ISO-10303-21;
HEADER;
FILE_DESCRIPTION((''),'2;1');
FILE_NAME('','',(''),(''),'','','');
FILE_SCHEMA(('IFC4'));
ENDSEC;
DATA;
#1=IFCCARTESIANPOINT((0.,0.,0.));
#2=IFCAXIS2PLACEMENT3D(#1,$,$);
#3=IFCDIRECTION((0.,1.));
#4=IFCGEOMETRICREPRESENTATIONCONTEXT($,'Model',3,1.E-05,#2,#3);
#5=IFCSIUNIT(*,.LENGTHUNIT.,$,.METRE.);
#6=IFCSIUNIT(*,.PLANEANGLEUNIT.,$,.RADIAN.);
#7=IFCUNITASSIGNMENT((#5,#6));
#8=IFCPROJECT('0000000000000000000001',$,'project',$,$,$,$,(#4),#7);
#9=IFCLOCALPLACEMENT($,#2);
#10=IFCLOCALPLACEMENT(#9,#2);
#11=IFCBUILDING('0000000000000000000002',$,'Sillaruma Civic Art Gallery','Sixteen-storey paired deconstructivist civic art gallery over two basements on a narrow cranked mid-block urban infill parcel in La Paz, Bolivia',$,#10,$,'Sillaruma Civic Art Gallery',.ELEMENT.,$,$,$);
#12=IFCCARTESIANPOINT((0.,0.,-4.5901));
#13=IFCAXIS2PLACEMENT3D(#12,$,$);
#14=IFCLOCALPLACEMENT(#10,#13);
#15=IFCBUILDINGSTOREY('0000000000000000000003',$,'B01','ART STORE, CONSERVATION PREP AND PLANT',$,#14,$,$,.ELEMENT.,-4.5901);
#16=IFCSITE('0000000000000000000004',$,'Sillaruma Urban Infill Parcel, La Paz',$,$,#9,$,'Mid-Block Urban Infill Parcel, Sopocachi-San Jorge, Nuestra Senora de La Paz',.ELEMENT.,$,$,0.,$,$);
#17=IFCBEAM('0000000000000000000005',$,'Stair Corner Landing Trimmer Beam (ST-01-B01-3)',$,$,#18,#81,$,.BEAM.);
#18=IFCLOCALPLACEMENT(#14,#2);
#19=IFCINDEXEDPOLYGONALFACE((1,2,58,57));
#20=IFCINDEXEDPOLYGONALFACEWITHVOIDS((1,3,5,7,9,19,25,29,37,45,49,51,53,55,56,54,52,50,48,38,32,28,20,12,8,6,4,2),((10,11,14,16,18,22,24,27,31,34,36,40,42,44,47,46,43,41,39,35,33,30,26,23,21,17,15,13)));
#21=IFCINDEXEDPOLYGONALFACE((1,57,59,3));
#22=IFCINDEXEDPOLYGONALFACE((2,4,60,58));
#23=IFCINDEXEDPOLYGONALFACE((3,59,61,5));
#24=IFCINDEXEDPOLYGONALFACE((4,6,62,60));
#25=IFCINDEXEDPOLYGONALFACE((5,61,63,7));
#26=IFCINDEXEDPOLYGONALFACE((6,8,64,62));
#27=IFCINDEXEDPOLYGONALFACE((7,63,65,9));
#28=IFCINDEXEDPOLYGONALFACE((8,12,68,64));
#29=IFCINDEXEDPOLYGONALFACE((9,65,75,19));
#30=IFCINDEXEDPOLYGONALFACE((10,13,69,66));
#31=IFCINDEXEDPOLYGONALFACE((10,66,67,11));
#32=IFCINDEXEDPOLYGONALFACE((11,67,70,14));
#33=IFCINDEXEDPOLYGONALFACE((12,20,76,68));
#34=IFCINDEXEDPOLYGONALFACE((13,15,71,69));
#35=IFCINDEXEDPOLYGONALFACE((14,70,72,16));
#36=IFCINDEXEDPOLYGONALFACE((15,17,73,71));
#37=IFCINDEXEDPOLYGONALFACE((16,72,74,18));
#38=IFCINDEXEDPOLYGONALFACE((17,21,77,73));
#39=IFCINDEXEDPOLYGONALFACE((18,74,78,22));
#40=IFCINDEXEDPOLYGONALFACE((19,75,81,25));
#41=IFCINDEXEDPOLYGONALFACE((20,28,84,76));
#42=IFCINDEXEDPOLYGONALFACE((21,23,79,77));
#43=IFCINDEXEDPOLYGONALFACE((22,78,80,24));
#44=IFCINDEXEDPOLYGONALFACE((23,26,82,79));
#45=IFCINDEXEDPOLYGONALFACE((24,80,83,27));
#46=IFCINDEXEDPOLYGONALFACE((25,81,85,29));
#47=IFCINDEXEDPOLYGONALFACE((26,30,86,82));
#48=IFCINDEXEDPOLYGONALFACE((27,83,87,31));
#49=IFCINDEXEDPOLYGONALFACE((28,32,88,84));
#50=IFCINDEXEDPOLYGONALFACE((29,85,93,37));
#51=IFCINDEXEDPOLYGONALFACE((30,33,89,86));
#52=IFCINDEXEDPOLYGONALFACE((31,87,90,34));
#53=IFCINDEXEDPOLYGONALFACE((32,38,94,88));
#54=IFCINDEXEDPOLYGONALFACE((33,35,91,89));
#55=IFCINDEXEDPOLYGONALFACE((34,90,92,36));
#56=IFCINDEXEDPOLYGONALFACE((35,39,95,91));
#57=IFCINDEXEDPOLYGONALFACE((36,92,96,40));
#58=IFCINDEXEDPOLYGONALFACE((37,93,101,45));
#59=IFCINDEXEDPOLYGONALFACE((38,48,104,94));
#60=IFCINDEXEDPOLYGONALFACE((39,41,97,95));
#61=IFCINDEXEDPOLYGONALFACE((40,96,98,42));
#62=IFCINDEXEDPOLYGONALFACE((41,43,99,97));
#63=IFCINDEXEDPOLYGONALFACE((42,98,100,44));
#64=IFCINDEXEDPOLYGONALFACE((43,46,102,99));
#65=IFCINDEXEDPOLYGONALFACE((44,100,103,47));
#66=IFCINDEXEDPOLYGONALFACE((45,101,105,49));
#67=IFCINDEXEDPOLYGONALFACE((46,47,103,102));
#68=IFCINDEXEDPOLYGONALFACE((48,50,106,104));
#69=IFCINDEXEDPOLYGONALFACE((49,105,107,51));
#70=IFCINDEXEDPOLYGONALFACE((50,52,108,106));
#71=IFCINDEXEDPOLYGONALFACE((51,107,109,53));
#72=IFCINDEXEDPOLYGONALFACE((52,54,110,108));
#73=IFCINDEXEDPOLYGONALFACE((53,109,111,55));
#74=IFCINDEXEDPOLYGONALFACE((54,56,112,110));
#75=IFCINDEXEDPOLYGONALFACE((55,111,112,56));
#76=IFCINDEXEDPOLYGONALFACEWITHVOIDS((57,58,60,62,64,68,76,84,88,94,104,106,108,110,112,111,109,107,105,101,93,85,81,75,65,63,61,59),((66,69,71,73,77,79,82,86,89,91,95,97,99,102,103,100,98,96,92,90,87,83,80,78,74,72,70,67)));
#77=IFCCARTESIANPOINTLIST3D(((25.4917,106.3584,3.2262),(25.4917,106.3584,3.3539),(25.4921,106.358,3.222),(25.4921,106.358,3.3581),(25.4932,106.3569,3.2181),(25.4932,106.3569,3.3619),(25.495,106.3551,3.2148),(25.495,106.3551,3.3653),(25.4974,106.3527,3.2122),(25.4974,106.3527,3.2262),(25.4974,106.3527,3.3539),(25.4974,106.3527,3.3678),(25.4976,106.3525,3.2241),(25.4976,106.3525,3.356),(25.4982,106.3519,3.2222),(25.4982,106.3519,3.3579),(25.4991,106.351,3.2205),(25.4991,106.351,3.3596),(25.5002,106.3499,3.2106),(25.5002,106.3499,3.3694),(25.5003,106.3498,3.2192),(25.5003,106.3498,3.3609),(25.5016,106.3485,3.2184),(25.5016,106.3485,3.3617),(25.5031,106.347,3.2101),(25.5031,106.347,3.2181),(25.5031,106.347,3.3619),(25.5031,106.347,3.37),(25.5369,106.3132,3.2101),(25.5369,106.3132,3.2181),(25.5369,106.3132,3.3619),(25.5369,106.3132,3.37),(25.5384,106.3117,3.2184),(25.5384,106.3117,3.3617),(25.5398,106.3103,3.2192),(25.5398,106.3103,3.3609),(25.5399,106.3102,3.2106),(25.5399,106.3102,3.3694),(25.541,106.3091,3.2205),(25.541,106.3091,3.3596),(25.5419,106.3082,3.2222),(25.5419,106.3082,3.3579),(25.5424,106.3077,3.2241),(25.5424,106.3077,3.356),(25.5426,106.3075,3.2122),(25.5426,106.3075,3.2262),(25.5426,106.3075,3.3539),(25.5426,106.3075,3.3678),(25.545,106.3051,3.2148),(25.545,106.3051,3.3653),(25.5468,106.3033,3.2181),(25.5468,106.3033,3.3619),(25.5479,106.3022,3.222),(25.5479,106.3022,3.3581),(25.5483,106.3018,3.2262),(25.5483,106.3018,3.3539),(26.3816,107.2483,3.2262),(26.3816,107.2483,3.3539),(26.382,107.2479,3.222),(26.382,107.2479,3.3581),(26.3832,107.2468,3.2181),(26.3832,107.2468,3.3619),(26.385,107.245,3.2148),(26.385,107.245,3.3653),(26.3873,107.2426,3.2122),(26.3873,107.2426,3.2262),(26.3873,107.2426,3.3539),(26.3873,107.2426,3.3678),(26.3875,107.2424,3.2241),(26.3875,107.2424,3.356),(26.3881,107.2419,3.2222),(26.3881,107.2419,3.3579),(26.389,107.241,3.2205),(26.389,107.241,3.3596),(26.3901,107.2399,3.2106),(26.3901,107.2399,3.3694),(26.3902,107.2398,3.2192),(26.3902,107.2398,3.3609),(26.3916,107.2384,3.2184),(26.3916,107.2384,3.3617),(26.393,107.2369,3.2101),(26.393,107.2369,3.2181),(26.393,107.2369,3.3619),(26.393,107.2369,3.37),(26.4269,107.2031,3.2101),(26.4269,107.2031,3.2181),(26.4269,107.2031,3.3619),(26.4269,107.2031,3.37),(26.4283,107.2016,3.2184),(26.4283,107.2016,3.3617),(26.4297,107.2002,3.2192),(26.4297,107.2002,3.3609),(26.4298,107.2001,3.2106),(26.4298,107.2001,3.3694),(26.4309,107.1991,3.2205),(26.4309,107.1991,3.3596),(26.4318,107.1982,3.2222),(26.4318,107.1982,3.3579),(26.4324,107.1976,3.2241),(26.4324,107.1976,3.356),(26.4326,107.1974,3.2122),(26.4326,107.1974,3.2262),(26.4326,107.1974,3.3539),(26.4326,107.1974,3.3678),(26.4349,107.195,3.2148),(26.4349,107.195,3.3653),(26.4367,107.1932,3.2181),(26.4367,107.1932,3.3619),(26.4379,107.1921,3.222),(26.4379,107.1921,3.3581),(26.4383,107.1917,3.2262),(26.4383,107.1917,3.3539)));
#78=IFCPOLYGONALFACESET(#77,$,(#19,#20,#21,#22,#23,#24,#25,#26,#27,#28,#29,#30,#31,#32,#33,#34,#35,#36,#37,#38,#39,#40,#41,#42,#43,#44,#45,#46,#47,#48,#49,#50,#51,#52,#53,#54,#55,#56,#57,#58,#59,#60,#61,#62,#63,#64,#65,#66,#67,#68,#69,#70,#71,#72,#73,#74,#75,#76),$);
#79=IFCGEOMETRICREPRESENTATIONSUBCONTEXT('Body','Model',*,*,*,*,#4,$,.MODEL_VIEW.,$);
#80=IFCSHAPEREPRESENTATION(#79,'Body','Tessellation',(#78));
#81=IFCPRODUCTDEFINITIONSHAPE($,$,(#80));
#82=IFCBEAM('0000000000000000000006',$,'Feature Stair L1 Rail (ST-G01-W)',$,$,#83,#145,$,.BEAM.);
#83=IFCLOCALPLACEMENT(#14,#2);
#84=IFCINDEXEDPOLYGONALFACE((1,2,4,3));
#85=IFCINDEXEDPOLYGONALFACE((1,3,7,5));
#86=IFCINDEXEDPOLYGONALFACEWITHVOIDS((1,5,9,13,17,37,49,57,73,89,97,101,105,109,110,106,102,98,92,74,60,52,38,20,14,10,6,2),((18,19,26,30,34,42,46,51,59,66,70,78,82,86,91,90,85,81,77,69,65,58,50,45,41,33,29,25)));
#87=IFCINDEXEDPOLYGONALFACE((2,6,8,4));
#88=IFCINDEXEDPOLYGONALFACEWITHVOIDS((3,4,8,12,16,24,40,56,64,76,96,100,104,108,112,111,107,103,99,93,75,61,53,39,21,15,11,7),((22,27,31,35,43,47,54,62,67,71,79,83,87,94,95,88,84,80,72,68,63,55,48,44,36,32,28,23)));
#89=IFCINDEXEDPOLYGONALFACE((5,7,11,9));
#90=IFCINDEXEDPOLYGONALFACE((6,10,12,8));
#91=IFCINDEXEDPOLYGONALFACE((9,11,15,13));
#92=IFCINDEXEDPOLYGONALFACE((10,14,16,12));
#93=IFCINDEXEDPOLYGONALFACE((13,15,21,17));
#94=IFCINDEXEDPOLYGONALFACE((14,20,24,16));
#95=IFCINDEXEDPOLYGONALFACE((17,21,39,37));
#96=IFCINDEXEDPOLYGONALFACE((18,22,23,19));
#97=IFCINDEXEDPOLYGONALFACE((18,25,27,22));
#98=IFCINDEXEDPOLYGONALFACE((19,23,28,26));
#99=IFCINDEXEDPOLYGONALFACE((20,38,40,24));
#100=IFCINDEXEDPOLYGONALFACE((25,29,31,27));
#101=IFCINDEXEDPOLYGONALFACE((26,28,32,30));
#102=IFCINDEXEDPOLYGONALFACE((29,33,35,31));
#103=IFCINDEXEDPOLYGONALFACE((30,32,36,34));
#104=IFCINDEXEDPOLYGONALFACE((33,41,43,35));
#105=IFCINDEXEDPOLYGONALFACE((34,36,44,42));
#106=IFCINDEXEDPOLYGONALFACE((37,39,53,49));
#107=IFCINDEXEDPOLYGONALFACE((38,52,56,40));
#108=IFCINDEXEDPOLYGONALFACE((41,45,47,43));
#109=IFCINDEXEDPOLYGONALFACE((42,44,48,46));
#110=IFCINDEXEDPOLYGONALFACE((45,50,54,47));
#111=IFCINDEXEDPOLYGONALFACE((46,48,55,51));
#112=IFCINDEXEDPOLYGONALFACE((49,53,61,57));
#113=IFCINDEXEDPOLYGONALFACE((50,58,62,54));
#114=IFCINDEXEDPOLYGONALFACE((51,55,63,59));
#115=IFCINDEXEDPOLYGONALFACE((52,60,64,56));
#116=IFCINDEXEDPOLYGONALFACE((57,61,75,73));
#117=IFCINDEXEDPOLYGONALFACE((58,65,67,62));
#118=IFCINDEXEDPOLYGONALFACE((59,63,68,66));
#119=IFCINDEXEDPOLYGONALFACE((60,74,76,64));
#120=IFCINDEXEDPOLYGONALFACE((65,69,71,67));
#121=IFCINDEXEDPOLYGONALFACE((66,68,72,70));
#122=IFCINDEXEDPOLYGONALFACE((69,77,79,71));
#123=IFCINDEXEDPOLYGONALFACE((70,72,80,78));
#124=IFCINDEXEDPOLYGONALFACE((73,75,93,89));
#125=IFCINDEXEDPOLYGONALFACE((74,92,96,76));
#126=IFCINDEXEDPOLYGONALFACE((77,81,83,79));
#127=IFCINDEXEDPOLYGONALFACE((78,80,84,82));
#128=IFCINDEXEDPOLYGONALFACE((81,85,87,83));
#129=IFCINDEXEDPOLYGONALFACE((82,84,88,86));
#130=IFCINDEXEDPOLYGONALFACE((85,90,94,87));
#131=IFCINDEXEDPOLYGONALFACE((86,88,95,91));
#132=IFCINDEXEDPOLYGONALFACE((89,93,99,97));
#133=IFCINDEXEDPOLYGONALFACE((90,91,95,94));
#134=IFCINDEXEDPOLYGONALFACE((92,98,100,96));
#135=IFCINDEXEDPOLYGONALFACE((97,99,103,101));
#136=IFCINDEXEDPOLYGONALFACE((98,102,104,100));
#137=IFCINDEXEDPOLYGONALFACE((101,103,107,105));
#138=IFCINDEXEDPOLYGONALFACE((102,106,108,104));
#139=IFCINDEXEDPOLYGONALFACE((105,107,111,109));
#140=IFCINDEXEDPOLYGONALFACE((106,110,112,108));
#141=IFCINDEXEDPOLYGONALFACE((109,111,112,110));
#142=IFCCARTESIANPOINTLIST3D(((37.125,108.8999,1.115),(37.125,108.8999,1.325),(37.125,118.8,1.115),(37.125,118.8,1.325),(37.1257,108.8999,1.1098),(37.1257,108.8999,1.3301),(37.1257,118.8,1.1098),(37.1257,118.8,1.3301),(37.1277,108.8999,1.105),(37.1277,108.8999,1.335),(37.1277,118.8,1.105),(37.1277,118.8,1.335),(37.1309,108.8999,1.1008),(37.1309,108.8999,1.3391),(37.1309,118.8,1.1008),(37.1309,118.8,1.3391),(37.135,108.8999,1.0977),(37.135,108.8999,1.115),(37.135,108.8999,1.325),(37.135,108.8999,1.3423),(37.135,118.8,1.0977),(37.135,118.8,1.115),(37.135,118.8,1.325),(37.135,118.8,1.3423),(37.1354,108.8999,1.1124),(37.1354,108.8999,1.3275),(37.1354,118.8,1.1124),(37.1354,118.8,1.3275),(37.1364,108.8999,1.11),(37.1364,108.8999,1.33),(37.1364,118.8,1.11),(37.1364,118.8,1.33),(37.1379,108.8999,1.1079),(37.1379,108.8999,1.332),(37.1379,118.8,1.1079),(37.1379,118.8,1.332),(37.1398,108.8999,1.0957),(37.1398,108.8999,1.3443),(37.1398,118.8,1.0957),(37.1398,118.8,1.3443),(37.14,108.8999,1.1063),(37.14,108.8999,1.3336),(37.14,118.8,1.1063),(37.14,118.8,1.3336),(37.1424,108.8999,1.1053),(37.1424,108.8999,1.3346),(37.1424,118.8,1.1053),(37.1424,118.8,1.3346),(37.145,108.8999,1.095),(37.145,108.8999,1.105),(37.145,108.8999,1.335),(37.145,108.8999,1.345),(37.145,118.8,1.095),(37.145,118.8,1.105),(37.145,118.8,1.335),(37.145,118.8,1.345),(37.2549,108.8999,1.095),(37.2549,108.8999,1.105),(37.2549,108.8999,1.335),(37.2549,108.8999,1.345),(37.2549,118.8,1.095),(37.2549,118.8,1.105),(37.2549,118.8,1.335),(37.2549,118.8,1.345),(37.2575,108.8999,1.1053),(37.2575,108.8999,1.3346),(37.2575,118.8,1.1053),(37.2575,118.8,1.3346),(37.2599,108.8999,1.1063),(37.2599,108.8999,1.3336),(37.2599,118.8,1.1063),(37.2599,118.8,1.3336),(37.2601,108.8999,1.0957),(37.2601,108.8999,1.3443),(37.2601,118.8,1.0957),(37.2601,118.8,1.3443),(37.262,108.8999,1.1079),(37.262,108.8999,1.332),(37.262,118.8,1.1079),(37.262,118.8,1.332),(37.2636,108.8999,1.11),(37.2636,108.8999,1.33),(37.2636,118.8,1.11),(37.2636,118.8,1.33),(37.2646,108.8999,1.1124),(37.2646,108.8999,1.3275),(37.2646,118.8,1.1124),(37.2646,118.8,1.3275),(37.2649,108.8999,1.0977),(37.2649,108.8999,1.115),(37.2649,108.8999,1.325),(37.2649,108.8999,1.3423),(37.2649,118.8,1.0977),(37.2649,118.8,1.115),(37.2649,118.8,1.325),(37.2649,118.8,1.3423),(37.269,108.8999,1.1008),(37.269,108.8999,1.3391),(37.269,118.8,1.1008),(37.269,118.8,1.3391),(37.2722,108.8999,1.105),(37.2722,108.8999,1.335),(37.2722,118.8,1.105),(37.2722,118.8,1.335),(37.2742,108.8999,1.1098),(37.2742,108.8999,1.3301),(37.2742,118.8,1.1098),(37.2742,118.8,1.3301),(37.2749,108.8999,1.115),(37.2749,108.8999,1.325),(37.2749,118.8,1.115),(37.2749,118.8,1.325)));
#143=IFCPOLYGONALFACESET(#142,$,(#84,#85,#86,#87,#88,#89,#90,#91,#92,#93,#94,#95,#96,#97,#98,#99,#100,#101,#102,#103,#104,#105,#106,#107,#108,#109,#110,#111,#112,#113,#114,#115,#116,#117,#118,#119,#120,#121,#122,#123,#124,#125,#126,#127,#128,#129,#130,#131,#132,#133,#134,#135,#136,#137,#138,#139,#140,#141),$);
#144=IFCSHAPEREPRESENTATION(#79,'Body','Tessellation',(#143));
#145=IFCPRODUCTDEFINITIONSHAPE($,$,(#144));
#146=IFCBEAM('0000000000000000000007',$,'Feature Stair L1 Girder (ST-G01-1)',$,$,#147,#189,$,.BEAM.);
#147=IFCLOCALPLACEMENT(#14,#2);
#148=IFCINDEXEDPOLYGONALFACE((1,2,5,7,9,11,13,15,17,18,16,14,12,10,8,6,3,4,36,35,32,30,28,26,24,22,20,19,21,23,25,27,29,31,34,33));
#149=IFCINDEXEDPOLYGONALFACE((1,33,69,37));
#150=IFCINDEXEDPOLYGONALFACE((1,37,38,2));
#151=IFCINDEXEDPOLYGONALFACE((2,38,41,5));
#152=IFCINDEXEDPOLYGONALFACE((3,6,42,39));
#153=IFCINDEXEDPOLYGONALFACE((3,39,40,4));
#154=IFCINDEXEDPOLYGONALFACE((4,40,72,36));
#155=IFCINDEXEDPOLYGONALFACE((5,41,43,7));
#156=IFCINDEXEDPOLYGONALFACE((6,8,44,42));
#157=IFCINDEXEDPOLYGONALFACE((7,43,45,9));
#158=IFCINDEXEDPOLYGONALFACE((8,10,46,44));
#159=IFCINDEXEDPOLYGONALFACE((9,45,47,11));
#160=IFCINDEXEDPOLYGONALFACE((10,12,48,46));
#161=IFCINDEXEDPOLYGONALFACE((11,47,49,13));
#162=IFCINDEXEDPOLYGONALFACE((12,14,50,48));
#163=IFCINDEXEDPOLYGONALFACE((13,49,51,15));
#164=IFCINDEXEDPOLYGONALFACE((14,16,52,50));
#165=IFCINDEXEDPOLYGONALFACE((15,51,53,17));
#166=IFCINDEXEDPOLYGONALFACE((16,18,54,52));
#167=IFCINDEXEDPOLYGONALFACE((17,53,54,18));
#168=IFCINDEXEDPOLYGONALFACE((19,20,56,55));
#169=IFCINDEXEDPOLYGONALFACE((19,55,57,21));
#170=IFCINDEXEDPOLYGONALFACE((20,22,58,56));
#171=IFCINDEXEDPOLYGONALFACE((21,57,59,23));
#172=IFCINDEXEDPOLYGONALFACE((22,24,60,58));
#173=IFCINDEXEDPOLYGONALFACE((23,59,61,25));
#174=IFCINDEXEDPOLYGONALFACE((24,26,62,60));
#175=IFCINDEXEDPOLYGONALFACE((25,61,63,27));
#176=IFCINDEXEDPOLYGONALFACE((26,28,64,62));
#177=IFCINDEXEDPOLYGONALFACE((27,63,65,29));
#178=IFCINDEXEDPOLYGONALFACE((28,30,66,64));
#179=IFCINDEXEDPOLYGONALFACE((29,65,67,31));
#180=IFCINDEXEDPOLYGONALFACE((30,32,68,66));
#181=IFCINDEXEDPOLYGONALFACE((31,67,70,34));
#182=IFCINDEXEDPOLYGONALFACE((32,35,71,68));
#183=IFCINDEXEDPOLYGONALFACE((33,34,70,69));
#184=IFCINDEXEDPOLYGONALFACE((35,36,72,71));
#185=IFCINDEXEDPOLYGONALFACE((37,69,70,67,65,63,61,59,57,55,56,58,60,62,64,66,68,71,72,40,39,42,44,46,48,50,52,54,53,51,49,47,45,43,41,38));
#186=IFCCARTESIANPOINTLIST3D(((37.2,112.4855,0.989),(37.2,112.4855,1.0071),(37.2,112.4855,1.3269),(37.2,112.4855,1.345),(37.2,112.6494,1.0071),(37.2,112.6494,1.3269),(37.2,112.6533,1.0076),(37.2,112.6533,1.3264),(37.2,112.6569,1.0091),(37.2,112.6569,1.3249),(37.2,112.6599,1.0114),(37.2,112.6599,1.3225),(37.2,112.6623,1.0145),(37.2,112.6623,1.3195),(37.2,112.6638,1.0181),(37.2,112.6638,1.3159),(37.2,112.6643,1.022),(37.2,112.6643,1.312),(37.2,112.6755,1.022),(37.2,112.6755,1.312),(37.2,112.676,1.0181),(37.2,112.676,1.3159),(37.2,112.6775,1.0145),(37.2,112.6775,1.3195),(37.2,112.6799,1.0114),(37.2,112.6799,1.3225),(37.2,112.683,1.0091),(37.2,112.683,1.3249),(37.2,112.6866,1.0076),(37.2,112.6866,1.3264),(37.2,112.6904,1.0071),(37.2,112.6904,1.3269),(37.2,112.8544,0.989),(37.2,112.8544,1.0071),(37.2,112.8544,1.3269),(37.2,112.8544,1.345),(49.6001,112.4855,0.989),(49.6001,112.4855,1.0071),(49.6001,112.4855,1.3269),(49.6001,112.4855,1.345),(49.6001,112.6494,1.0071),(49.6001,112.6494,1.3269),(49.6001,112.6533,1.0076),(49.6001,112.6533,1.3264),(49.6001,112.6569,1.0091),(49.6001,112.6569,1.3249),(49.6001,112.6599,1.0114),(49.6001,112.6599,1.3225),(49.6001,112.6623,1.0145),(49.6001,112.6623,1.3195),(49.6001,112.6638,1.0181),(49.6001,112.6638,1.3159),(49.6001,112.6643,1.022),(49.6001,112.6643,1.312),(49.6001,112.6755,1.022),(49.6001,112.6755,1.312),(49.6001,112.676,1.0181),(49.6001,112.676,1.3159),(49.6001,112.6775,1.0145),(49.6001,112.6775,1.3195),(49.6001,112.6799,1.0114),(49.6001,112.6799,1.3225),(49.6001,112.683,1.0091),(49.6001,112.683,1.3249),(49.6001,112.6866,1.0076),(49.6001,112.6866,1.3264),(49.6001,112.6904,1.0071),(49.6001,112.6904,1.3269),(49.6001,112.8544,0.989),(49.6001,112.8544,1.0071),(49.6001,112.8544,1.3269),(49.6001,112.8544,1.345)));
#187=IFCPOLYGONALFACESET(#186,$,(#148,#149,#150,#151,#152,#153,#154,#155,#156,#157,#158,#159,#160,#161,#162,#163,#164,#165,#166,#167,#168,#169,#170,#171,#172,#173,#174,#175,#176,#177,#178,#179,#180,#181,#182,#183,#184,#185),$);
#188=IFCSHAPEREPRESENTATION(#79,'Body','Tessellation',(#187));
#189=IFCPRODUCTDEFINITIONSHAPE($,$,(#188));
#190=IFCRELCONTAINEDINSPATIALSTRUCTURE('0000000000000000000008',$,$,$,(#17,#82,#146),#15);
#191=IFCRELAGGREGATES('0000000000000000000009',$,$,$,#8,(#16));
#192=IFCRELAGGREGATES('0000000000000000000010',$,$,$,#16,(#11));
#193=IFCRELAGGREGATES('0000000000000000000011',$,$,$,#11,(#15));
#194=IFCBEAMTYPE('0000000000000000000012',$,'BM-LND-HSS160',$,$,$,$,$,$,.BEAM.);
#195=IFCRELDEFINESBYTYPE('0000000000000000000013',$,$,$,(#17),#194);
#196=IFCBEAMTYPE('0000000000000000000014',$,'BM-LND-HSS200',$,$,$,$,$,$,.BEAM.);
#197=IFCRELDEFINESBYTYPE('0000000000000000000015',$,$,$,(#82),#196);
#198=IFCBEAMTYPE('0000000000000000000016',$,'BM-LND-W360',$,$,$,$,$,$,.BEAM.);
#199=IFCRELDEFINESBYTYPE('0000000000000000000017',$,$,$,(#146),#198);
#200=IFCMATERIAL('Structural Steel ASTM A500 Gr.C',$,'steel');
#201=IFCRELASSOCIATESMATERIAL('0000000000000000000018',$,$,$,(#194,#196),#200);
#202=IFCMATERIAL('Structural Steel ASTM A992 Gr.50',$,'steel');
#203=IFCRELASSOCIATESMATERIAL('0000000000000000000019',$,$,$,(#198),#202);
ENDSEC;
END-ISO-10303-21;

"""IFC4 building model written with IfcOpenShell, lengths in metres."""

from ifc_helpers import new_model, si_unit, direction, frame, origin, origin_2d, place, context, subcontext, project, spatial, hollow_rectangle, i_section, extrude, material, material_profile, profile_set, type_object, element, save


model = new_model("IFC4")

# Units and contexts
model_context = context("Model", 3, precision=1e-05, world=origin(), true_north=direction((0.0, 1.0)))
body_context = subcontext(model_context, "Body", "Model", "MODEL_VIEW")
ifc_project = project(units=[si_unit("LENGTHUNIT", "METRE"), si_unit("PLANEANGLEUNIT", "RADIAN")], contexts=[model_context])

# Site, building, storey
site_placement = place(None, origin())
site = spatial("IfcSite", under=ifc_project, at=site_placement, Name="Sillaruma Urban Infill Parcel, La Paz", LongName="Mid-Block Urban Infill Parcel, Sopocachi-San Jorge, Nuestra Senora de La Paz", CompositionType="ELEMENT", RefElevation=0.0)
building_placement = place(site_placement, origin())
building = spatial("IfcBuilding", under=site, at=building_placement, Name="Sillaruma Civic Art Gallery", Description="Sixteen-storey paired deconstructivist civic art gallery over two basements on a narrow cranked mid-block urban infill parcel in La Paz, Bolivia", LongName="Sillaruma Civic Art Gallery", CompositionType="ELEMENT")
storey_placement = place(building_placement, frame((0.0, 0.0, -4.5901)))
storey = spatial("IfcBuildingStorey", under=building, at=storey_placement, Name="B01", Description="ART STORE, CONSERVATION PREP AND PLANT", CompositionType="ELEMENT", Elevation=-4.5901)

# Beams
ifc_material_1 = material(Name="Structural Steel ASTM A500 Gr.C", Category="steel")
ifc_material_profile_1 = material_profile(ifc_material_1, hollow_rectangle(XDim=0.0801, YDim=0.1599, WallThickness=0.0081, InnerFilletRadius=0.0081, OuterFilletRadius=0.0161, at=origin_2d()), Name="HSS160x80x8")
ifc_profile_set_1 = profile_set([ifc_material_profile_1], Name="Structural Steel ASTM A500 Gr.C")
beam_type_1 = type_object("IfcBeamType", Name="BM-LND-HSS160", PredefinedType="BEAM", material=ifc_profile_set_1)
beam_1_placement = place(storey_placement, frame((25.52, 106.3301, 3.29), z_axis=(0.707107, 0.707107, 0.0), x_axis=(-0.707107, 0.707107, 0.0)))
element("IfcBeam", 1, at=beam_1_placement, inside=storey, type_object=beam_type_1, Name="Stair Corner Landing Trimmer Beam (ST-01-B01-3)", PredefinedType="BEAM", context=body_context, shape_type="SweptSolid", body=[
    extrude(hollow_rectangle(XDim=0.0801, YDim=0.1599, WallThickness=0.0081, InnerFilletRadius=0.0081, OuterFilletRadius=0.0161, at=origin_2d()), origin(), (0.0, 0.0, 1.0), 1.2585),
])
ifc_material_profile_2 = material_profile(ifc_material_1, hollow_rectangle(XDim=0.1499, YDim=0.25, WallThickness=0.01, InnerFilletRadius=0.01, OuterFilletRadius=0.02, at=origin_2d()), Name="HSS250x150x10")
ifc_profile_set_2 = profile_set([ifc_material_profile_2], Name="Structural Steel ASTM A500 Gr.C")
beam_type_2 = type_object("IfcBeamType", Name="BM-LND-HSS200", PredefinedType="BEAM", material=ifc_profile_set_2)
beam_2_placement = place(storey_placement, frame((37.2, 108.8999, 1.22), z_axis=(0.0, 1.0, 0.0), x_axis=(-1.0, 0.0, 0.0)))
element("IfcBeam", 2, at=beam_2_placement, inside=storey, type_object=beam_type_2, Name="Feature Stair L1 Rail (ST-G01-W)", PredefinedType="BEAM", context=body_context, shape_type="SweptSolid", body=[
    extrude(hollow_rectangle(XDim=0.1499, YDim=0.25, WallThickness=0.01, InnerFilletRadius=0.01, OuterFilletRadius=0.02, at=origin_2d()), origin(), (0.0, 0.0, 1.0), 9.9001),
])
ifc_material_2 = material(Name="Structural Steel ASTM A992 Gr.50", Category="steel")
ifc_material_profile_3 = material_profile(ifc_material_2, i_section(OverallWidth=0.3689, OverallDepth=0.356, WebThickness=0.0112, FlangeThickness=0.0181, FilletRadius=0.0149, at=origin_2d()), Name="W360x134")
ifc_profile_set_3 = profile_set([ifc_material_profile_3], Name="Structural Steel ASTM A992 Gr.50")
beam_type_3 = type_object("IfcBeamType", Name="BM-LND-W360", PredefinedType="BEAM", material=ifc_profile_set_3)
for number, where, z_axis, x_axis, name in (
    (3, (37.2, 112.6699, 1.167), (1.0, 0.0, 0.0), (0.0, 1.0, 0.0), "Feature Stair L1 Girder (ST-G01-1)"),
):
    element("IfcBeam", number, at=place(storey_placement, frame(where, z_axis=z_axis, x_axis=x_axis)), inside=storey, type_object=beam_type_3, Name=name, PredefinedType="BEAM", context=body_context, shape_type="SweptSolid", body=[
        extrude(i_section(OverallWidth=0.3689, OverallDepth=0.356, WebThickness=0.0112, FlangeThickness=0.0181, FilletRadius=0.0149, at=origin_2d()), origin(), (0.0, 0.0, 1.0), 12.4001),
    ])

save(model, "model.ifc")
